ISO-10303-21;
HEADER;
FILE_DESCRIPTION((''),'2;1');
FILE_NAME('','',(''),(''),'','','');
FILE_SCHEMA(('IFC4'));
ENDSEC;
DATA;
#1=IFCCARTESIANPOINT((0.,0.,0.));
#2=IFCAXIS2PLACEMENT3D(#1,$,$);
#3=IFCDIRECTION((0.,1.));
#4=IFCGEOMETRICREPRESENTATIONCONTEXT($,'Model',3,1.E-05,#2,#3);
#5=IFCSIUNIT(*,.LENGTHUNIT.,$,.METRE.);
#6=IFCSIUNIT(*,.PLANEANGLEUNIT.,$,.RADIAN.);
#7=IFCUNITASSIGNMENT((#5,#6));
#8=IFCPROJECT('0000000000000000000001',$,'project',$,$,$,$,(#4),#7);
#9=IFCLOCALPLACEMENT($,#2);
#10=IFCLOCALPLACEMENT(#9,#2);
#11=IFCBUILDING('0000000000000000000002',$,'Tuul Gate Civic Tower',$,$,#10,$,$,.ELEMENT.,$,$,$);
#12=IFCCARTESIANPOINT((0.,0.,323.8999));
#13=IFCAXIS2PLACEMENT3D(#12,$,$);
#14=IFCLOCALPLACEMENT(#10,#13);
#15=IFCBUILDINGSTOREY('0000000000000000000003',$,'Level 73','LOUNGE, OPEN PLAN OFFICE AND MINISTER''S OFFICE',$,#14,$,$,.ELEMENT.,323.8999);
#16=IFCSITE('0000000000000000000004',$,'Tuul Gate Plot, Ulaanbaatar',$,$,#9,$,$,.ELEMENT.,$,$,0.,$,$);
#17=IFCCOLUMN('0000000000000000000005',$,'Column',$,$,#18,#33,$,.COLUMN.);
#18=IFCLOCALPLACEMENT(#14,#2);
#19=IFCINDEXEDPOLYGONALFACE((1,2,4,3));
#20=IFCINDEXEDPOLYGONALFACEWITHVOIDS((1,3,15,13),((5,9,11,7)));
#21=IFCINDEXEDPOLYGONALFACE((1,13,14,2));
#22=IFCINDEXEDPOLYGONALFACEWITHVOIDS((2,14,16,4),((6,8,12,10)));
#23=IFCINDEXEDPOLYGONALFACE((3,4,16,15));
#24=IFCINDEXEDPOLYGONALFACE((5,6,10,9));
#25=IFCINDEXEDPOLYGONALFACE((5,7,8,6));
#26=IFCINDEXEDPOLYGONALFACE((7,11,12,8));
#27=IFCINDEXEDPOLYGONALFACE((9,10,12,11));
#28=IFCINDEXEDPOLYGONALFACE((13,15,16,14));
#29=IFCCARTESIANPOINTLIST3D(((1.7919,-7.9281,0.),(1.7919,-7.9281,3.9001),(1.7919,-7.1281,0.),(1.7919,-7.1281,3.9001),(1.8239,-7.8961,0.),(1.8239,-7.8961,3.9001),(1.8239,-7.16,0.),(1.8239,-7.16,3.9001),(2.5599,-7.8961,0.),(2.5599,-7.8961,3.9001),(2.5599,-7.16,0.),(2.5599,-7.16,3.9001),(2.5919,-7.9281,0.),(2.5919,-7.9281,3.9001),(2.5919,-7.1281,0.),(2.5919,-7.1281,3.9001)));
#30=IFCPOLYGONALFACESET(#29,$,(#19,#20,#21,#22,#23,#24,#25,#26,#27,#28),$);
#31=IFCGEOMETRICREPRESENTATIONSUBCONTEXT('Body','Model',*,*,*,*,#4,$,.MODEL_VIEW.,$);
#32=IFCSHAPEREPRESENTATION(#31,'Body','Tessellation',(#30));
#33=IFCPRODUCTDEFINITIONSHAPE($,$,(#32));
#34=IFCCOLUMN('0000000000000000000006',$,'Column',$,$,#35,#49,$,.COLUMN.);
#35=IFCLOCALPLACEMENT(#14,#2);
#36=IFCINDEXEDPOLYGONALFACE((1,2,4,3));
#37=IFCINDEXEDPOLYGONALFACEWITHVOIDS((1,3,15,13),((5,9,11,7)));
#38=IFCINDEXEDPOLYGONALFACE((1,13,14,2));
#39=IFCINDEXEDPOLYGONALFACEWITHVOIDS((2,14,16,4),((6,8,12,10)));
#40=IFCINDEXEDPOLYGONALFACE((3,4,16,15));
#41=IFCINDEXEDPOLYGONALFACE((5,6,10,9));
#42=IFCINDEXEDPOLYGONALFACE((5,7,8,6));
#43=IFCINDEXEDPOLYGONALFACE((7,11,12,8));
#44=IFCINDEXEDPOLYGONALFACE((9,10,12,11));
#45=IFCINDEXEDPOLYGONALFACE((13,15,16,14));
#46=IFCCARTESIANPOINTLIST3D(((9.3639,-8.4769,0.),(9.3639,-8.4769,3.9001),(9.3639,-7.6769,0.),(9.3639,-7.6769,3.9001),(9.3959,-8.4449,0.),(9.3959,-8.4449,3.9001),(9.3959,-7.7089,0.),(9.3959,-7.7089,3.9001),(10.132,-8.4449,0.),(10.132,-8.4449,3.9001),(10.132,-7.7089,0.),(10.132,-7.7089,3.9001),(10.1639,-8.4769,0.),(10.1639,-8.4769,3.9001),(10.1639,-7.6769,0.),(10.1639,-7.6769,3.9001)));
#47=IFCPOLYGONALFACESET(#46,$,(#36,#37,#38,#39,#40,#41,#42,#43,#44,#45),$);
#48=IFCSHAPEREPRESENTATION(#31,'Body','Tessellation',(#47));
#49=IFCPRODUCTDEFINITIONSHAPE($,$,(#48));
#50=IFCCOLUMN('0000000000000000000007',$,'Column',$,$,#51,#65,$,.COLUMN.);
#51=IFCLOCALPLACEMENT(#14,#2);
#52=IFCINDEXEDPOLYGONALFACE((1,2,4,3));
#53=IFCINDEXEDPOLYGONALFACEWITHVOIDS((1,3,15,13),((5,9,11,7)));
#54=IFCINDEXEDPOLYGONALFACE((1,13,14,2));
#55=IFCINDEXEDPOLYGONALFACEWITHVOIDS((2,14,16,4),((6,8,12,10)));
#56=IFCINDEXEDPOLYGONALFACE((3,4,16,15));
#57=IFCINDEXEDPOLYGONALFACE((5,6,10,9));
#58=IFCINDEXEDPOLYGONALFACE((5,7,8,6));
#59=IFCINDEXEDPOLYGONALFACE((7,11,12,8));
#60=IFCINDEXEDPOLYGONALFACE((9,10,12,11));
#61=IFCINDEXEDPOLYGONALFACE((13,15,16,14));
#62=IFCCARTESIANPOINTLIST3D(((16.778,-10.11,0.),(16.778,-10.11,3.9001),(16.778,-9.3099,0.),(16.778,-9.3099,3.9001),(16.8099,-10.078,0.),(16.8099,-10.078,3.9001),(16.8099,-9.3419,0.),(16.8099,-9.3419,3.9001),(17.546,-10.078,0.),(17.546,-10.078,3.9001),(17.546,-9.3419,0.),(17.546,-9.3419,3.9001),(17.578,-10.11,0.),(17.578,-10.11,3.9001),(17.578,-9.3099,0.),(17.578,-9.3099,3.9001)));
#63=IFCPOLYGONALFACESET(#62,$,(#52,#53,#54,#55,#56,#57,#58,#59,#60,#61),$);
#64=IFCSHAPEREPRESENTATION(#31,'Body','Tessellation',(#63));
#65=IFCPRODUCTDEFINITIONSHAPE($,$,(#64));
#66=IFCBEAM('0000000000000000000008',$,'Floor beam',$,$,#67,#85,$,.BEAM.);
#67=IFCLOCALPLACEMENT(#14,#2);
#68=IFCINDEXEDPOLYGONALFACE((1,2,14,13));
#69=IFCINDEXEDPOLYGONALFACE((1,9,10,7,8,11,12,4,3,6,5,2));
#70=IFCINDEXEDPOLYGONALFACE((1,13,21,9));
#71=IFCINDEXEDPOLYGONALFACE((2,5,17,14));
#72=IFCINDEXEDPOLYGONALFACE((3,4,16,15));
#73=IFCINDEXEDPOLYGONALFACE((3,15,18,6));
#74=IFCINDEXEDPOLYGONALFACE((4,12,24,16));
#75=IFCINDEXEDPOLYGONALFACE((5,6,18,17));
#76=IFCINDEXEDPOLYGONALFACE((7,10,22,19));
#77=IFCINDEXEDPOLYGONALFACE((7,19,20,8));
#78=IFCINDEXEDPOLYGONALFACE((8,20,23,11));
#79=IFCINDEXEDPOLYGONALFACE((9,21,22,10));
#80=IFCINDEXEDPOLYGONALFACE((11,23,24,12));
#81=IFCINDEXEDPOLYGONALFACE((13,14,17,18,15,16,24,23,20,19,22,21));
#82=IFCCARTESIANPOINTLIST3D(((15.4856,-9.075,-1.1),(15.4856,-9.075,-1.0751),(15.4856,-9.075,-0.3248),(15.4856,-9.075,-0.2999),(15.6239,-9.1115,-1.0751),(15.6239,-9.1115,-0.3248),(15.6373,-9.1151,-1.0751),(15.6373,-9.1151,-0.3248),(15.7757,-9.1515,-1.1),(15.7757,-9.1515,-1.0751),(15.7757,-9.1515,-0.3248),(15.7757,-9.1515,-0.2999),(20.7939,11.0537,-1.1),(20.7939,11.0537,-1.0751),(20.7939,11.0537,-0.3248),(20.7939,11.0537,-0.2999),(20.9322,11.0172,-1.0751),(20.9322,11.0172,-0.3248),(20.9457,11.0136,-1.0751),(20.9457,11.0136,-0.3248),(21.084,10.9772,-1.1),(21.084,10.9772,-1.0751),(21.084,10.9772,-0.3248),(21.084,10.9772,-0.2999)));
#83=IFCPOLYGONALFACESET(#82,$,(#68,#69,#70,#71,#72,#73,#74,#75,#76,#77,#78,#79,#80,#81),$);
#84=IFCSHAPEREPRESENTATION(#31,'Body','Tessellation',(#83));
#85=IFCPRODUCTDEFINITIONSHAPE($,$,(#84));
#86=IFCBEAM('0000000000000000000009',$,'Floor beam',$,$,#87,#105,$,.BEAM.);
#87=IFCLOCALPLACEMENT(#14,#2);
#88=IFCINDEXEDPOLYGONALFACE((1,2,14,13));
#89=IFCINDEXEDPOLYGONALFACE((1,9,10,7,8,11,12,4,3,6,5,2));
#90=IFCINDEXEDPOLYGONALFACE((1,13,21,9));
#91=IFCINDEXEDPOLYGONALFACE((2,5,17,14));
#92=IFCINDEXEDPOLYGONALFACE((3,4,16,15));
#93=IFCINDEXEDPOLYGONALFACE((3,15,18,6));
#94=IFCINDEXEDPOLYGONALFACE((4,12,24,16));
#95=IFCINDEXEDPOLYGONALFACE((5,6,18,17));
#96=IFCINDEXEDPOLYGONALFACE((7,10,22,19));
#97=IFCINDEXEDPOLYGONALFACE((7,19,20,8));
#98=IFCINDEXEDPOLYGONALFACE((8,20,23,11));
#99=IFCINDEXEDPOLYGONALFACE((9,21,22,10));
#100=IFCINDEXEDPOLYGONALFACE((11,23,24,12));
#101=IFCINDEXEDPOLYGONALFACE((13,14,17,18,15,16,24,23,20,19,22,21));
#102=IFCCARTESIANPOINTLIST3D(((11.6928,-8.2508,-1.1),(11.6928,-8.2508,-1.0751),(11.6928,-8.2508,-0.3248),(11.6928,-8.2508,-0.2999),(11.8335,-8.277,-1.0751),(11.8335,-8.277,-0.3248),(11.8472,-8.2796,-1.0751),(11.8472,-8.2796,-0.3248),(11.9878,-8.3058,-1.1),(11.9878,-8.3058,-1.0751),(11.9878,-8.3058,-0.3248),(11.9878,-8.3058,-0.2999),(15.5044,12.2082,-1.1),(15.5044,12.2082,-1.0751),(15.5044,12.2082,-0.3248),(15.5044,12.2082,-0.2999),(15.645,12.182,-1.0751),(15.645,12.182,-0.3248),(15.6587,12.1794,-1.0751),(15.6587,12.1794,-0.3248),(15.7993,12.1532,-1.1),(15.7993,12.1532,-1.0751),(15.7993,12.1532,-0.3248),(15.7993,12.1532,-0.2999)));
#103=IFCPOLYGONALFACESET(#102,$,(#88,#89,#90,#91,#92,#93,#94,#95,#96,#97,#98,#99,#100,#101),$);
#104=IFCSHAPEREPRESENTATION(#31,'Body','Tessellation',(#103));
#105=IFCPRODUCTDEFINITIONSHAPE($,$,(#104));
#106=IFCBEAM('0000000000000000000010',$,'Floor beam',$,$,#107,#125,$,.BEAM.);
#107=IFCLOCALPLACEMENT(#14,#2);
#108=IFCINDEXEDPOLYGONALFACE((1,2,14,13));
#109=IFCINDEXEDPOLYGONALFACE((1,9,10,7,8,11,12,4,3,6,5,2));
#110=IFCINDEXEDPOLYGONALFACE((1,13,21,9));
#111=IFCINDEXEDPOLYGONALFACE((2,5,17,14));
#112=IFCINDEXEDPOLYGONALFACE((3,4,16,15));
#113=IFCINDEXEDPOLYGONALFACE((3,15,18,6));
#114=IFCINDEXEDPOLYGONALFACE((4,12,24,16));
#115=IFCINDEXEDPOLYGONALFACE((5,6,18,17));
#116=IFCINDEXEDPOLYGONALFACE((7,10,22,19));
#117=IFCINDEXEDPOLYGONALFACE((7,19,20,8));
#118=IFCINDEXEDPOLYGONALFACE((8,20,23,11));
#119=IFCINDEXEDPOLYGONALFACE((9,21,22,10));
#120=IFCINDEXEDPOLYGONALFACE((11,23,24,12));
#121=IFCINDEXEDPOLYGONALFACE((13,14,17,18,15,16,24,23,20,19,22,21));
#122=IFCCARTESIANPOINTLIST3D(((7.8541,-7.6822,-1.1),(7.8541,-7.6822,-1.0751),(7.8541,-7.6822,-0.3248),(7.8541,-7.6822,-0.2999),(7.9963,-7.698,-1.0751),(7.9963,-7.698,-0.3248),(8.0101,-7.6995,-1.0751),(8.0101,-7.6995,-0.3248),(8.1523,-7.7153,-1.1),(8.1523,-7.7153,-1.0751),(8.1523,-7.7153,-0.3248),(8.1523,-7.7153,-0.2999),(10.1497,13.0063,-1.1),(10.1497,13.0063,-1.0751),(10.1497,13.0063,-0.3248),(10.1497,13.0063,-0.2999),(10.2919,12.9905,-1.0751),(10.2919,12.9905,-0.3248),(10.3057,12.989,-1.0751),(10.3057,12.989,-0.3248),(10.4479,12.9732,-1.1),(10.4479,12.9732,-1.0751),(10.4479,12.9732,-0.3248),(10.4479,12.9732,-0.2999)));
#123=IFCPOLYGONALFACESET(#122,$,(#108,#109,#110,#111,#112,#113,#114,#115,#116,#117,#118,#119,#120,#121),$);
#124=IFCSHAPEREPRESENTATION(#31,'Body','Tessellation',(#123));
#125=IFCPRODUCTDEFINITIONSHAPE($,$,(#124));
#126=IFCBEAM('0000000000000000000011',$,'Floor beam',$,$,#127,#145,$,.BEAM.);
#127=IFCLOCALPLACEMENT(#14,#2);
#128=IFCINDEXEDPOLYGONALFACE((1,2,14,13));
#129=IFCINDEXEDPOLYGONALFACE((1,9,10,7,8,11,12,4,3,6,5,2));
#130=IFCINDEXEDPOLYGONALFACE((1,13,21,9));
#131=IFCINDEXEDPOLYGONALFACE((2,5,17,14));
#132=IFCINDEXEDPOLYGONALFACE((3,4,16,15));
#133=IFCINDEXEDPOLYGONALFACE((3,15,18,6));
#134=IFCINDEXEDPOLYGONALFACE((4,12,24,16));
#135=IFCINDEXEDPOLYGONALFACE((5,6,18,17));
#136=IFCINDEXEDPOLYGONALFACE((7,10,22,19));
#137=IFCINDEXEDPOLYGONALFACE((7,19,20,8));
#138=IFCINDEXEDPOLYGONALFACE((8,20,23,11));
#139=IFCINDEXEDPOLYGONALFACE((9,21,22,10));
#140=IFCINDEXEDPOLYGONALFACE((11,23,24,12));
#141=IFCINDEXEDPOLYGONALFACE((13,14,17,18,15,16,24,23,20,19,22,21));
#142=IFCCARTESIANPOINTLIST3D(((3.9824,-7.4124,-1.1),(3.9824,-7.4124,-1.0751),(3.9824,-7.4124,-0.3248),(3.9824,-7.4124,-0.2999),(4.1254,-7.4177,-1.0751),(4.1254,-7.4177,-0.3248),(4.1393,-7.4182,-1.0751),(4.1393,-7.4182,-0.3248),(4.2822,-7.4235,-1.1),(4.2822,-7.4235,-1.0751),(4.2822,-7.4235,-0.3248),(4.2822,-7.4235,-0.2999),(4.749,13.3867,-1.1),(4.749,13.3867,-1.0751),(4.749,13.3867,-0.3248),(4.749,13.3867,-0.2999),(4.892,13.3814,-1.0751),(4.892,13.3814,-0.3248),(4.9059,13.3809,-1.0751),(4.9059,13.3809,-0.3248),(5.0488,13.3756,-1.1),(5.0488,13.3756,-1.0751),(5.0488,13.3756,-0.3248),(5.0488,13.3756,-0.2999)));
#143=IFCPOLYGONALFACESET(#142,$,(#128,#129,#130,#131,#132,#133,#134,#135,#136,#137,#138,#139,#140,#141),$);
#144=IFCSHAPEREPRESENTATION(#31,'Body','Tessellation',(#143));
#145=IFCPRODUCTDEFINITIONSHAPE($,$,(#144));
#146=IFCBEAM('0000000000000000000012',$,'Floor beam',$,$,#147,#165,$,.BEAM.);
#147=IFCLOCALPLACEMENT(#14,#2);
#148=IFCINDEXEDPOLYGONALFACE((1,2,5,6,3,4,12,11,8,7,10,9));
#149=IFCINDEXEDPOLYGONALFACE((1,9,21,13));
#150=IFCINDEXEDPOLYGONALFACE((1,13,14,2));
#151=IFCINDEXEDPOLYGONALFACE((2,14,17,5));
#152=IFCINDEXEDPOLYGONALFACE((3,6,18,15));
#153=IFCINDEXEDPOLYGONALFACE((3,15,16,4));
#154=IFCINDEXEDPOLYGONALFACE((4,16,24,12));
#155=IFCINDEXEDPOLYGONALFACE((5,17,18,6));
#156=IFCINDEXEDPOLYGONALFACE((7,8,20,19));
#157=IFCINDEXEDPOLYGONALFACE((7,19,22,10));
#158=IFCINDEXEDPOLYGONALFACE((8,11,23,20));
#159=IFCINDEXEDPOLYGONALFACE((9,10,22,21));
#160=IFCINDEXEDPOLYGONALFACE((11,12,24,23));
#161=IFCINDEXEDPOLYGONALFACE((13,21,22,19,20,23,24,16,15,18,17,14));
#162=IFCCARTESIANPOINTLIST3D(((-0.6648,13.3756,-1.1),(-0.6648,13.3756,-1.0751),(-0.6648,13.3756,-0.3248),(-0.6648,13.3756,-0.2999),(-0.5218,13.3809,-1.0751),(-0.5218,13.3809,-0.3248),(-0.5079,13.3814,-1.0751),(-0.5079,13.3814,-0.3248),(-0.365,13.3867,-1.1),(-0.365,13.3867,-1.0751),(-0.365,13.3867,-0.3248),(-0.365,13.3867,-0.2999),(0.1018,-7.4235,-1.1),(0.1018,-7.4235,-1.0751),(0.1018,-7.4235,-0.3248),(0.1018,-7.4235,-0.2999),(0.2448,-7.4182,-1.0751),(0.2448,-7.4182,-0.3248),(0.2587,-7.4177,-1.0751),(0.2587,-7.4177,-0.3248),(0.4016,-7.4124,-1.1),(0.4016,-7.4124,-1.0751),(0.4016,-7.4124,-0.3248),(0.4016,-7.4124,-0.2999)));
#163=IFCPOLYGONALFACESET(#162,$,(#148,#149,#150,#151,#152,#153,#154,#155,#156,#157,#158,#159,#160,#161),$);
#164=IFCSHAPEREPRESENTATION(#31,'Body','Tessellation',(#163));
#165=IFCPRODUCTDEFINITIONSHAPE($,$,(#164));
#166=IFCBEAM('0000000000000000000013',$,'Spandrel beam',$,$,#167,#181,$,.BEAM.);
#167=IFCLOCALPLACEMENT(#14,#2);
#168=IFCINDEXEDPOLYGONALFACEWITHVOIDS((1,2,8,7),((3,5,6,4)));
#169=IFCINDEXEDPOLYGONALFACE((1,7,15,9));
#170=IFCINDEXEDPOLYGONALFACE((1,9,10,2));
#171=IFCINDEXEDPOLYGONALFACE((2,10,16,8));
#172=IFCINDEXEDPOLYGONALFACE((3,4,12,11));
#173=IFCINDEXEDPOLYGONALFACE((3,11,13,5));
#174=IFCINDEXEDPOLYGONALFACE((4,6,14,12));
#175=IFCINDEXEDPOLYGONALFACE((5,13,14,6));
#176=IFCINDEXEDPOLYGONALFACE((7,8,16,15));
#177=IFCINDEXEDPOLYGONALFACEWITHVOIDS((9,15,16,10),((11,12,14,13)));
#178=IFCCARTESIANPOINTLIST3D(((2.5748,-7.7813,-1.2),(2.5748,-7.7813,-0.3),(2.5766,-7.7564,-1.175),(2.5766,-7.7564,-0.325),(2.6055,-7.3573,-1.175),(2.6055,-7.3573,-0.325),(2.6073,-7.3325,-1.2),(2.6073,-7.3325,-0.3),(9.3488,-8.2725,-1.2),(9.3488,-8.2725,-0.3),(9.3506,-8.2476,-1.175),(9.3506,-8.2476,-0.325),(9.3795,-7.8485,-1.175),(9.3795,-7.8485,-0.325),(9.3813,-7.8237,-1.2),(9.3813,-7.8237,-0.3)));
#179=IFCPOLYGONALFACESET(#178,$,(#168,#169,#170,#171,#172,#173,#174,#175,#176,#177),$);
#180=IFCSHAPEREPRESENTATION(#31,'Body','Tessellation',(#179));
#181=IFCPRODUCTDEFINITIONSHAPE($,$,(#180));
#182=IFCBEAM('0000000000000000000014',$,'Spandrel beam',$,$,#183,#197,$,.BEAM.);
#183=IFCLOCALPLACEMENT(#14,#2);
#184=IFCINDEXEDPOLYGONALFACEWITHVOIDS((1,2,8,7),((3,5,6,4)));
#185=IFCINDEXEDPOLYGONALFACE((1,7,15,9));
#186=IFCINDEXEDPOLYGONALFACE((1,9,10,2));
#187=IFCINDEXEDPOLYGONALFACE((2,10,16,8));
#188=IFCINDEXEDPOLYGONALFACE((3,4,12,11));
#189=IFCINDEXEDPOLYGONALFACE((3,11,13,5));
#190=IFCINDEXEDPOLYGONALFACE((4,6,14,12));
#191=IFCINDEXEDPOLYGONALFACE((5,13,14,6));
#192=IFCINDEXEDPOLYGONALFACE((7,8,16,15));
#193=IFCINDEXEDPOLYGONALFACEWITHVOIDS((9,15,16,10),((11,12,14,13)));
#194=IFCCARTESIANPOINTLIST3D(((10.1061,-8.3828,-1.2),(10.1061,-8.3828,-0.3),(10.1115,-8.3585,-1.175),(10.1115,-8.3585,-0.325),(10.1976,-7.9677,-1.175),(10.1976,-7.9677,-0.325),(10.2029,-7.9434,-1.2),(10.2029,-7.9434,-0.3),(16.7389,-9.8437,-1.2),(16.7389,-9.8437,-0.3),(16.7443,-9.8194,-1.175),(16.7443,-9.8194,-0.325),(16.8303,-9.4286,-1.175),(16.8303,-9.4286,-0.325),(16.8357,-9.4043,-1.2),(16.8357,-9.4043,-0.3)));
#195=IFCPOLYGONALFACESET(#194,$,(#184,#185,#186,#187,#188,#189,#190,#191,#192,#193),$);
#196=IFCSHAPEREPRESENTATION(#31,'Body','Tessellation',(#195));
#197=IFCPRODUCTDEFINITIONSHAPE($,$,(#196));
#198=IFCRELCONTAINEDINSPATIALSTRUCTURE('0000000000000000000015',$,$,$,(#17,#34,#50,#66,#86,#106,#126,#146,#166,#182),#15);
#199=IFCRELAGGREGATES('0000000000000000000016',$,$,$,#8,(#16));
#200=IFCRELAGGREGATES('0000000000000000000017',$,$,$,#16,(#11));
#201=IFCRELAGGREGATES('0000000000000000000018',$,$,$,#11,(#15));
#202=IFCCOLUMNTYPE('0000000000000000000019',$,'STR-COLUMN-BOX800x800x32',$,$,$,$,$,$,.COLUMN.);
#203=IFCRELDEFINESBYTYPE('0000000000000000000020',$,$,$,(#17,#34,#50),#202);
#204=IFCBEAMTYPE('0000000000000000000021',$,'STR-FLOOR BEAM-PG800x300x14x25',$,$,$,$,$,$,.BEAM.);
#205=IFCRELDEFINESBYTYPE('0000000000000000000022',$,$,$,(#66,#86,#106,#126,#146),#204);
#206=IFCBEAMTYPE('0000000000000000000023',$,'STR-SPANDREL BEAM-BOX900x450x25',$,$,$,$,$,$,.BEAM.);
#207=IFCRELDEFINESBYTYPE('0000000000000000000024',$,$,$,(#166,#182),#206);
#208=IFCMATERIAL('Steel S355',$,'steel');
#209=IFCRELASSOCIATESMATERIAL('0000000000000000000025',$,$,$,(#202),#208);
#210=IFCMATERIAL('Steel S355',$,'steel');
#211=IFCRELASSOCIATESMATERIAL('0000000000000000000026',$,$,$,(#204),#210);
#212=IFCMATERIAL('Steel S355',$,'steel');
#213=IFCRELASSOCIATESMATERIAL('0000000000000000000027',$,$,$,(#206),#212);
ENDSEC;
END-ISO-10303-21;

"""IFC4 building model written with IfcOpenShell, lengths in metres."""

from ifc_helpers import new_model, si_unit, direction, frame, origin, origin_2d, place, context, subcontext, project, spatial, hollow_rectangle, i_section, extrude, material, material_profile, profile_set, type_object, element, save


model = new_model("IFC4")

# Units and contexts
model_context = context("Model", 3, precision=1e-05, world=origin(), true_north=direction((0.0, 1.0)))
body_context = subcontext(model_context, "Body", "Model", "MODEL_VIEW")
ifc_project = project(units=[si_unit("LENGTHUNIT", "METRE"), si_unit("PLANEANGLEUNIT", "RADIAN")], contexts=[model_context])

# Site, building, storey
site_placement = place(None, origin())
site = spatial("IfcSite", under=ifc_project, at=site_placement, Name="Tuul Gate Plot, Ulaanbaatar", CompositionType="ELEMENT", RefElevation=0.0)
building_placement = place(site_placement, origin())
building = spatial("IfcBuilding", under=site, at=building_placement, Name="Tuul Gate Civic Tower", CompositionType="ELEMENT")
storey_placement = place(building_placement, frame((0.0, 0.0, 323.8999)))
storey = spatial("IfcBuildingStorey", under=building, at=storey_placement, Name="Level 73", Description="LOUNGE, OPEN PLAN OFFICE AND MINISTER'S OFFICE", CompositionType="ELEMENT", Elevation=323.8999)

# Columns
ifc_material_1 = material(Name="Steel S355", Category="steel")
ifc_material_profile_1 = material_profile(ifc_material_1, hollow_rectangle(XDim=0.8, YDim=0.8, WallThickness=0.032, at=origin_2d()), Name="BOX800x800x32")
ifc_profile_set_1 = profile_set([ifc_material_profile_1], Name="Steel S355")
column_type = type_object("IfcColumnType", Name="STR-COLUMN-BOX800x800x32", PredefinedType="COLUMN", material=ifc_profile_set_1)
for number, where, z_axis, x_axis, name in (
    (1, (2.1919, -7.5281, 0.0), (0.0, 0.0, 1.0), (1.0, 0.0, 0.0), "Column"),
    (2, (9.7639, -8.0769, 0.0), (0.0, 0.0, 1.0), (1.0, 0.0, 0.0), "Column"),
    (3, (17.178, -9.71, 0.0), (0.0, 0.0, 1.0), (1.0, 0.0, 0.0), "Column"),
):
    element("IfcColumn", number, at=place(storey_placement, frame(where, z_axis=z_axis, x_axis=x_axis)), inside=storey, type_object=column_type, Name=name, PredefinedType="COLUMN", context=body_context, shape_type="SweptSolid", body=[
        extrude(hollow_rectangle(XDim=0.8, YDim=0.8, WallThickness=0.032, at=origin_2d()), origin(), (0.0, 0.0, 1.0), 3.9001),
    ])

# Beams
ifc_material_2 = material(Name="Steel S355", Category="steel")
ifc_material_profile_2 = material_profile(ifc_material_2, i_section(OverallWidth=0.3, OverallDepth=0.8, WebThickness=0.0139, FlangeThickness=0.0249, at=origin_2d()), Name="PG800x300x14x25")
ifc_profile_set_2 = profile_set([ifc_material_profile_2], Name="Steel S355")
beam_type_1 = type_object("IfcBeamType", Name="STR-FLOOR BEAM-PG800x300x14x25", PredefinedType="BEAM", material=ifc_profile_set_2)
beam_1_placement = place(storey_placement, frame((15.6306, -9.1133, -0.7), z_axis=(0.255002, 0.96694, 0.0), x_axis=(-0.96694, 0.255002, 0.0)))
element("IfcBeam", 4, at=beam_1_placement, inside=storey, type_object=beam_type_1, Name="Floor beam", PredefinedType="BEAM", context=body_context, shape_type="SweptSolid", body=[
    extrude(i_section(OverallWidth=0.3, OverallDepth=0.8, WebThickness=0.0139, FlangeThickness=0.0249, at=origin_2d()), origin(), (0.0, 0.0, 1.0), 20.8169),
])
beam_2_placement = place(storey_placement, frame((11.8403, -8.2783, -0.7), z_axis=(0.183149, 0.983085, 0.0), x_axis=(-0.983085, 0.183149, 0.0)))
element("IfcBeam", 5, at=beam_2_placement, inside=storey, type_object=beam_type_1, Name="Floor beam", PredefinedType="BEAM", context=body_context, shape_type="SweptSolid", body=[
    extrude(i_section(OverallWidth=0.3, OverallDepth=0.8, WebThickness=0.0139, FlangeThickness=0.0249, at=origin_2d()), origin(), (0.0, 0.0, 1.0), 20.811),
])
beam_3_placement = place(storey_placement, frame((8.0032, -7.6987, -0.7), z_axis=(0.110286, 0.9939, 0.0), x_axis=(-0.9939, 0.110286, 0.0)))
element("IfcBeam", 6, at=beam_3_placement, inside=storey, type_object=beam_type_1, Name="Floor beam", PredefinedType="BEAM", context=body_context, shape_type="SweptSolid", body=[
    extrude(i_section(OverallWidth=0.3, OverallDepth=0.8, WebThickness=0.0139, FlangeThickness=0.0249, at=origin_2d()), origin(), (0.0, 0.0, 1.0), 20.8154),
])
for number, where, z_axis, x_axis, name in (
    (7, (4.1323, -7.418, -0.7), (0.036832, 0.999321, 0.0), (-0.999321, 0.036832, 0.0), "Floor beam"),
    (8, (0.2517, -7.418, -0.7), (-0.036832, 0.999321, 0.0), (-0.999321, -0.036832, 0.0), "Floor beam"),
):
    element("IfcBeam", number, at=place(storey_placement, frame(where, z_axis=z_axis, x_axis=x_axis)), inside=storey, type_object=beam_type_1, Name=name, PredefinedType="BEAM", context=body_context, shape_type="SweptSolid", body=[
        extrude(i_section(OverallWidth=0.3, OverallDepth=0.8, WebThickness=0.0139, FlangeThickness=0.0249, at=origin_2d()), origin(), (0.0, 0.0, 1.0), 20.8132),
    ])
ifc_material_3 = material(Name="Steel S355", Category="steel")
ifc_material_profile_3 = material_profile(ifc_material_3, hollow_rectangle(XDim=0.45, YDim=0.8999, WallThickness=0.0249, at=origin_2d()), Name="BOX900x450x25")
ifc_profile_set_3 = profile_set([ifc_material_profile_3], Name="Steel S355")
beam_type_2 = type_object("IfcBeamType", Name="STR-SPANDREL BEAM-BOX900x450x25", PredefinedType="BEAM", material=ifc_profile_set_3)
for number, where, z_axis, x_axis, name in (
    (9, (2.5911, -7.5569, -0.75), (0.997381, -0.072325, 0.0), (0.072325, 0.997381, 0.0), "Spandrel beam"),
    (10, (10.1545, -8.1631, -0.75), (0.976591, -0.215103, 0.0), (0.215103, 0.976591, 0.0), "Spandrel beam"),
):
    element("IfcBeam", number, at=place(storey_placement, frame(where, z_axis=z_axis, x_axis=x_axis)), inside=storey, type_object=beam_type_2, Name=name, PredefinedType="BEAM", context=body_context, shape_type="SweptSolid", body=[
        extrude(hollow_rectangle(XDim=0.45, YDim=0.8999, WallThickness=0.0249, at=origin_2d()), origin(), (0.0, 0.0, 1.0), 6.7917),
    ])

save(model, "model.ifc")
